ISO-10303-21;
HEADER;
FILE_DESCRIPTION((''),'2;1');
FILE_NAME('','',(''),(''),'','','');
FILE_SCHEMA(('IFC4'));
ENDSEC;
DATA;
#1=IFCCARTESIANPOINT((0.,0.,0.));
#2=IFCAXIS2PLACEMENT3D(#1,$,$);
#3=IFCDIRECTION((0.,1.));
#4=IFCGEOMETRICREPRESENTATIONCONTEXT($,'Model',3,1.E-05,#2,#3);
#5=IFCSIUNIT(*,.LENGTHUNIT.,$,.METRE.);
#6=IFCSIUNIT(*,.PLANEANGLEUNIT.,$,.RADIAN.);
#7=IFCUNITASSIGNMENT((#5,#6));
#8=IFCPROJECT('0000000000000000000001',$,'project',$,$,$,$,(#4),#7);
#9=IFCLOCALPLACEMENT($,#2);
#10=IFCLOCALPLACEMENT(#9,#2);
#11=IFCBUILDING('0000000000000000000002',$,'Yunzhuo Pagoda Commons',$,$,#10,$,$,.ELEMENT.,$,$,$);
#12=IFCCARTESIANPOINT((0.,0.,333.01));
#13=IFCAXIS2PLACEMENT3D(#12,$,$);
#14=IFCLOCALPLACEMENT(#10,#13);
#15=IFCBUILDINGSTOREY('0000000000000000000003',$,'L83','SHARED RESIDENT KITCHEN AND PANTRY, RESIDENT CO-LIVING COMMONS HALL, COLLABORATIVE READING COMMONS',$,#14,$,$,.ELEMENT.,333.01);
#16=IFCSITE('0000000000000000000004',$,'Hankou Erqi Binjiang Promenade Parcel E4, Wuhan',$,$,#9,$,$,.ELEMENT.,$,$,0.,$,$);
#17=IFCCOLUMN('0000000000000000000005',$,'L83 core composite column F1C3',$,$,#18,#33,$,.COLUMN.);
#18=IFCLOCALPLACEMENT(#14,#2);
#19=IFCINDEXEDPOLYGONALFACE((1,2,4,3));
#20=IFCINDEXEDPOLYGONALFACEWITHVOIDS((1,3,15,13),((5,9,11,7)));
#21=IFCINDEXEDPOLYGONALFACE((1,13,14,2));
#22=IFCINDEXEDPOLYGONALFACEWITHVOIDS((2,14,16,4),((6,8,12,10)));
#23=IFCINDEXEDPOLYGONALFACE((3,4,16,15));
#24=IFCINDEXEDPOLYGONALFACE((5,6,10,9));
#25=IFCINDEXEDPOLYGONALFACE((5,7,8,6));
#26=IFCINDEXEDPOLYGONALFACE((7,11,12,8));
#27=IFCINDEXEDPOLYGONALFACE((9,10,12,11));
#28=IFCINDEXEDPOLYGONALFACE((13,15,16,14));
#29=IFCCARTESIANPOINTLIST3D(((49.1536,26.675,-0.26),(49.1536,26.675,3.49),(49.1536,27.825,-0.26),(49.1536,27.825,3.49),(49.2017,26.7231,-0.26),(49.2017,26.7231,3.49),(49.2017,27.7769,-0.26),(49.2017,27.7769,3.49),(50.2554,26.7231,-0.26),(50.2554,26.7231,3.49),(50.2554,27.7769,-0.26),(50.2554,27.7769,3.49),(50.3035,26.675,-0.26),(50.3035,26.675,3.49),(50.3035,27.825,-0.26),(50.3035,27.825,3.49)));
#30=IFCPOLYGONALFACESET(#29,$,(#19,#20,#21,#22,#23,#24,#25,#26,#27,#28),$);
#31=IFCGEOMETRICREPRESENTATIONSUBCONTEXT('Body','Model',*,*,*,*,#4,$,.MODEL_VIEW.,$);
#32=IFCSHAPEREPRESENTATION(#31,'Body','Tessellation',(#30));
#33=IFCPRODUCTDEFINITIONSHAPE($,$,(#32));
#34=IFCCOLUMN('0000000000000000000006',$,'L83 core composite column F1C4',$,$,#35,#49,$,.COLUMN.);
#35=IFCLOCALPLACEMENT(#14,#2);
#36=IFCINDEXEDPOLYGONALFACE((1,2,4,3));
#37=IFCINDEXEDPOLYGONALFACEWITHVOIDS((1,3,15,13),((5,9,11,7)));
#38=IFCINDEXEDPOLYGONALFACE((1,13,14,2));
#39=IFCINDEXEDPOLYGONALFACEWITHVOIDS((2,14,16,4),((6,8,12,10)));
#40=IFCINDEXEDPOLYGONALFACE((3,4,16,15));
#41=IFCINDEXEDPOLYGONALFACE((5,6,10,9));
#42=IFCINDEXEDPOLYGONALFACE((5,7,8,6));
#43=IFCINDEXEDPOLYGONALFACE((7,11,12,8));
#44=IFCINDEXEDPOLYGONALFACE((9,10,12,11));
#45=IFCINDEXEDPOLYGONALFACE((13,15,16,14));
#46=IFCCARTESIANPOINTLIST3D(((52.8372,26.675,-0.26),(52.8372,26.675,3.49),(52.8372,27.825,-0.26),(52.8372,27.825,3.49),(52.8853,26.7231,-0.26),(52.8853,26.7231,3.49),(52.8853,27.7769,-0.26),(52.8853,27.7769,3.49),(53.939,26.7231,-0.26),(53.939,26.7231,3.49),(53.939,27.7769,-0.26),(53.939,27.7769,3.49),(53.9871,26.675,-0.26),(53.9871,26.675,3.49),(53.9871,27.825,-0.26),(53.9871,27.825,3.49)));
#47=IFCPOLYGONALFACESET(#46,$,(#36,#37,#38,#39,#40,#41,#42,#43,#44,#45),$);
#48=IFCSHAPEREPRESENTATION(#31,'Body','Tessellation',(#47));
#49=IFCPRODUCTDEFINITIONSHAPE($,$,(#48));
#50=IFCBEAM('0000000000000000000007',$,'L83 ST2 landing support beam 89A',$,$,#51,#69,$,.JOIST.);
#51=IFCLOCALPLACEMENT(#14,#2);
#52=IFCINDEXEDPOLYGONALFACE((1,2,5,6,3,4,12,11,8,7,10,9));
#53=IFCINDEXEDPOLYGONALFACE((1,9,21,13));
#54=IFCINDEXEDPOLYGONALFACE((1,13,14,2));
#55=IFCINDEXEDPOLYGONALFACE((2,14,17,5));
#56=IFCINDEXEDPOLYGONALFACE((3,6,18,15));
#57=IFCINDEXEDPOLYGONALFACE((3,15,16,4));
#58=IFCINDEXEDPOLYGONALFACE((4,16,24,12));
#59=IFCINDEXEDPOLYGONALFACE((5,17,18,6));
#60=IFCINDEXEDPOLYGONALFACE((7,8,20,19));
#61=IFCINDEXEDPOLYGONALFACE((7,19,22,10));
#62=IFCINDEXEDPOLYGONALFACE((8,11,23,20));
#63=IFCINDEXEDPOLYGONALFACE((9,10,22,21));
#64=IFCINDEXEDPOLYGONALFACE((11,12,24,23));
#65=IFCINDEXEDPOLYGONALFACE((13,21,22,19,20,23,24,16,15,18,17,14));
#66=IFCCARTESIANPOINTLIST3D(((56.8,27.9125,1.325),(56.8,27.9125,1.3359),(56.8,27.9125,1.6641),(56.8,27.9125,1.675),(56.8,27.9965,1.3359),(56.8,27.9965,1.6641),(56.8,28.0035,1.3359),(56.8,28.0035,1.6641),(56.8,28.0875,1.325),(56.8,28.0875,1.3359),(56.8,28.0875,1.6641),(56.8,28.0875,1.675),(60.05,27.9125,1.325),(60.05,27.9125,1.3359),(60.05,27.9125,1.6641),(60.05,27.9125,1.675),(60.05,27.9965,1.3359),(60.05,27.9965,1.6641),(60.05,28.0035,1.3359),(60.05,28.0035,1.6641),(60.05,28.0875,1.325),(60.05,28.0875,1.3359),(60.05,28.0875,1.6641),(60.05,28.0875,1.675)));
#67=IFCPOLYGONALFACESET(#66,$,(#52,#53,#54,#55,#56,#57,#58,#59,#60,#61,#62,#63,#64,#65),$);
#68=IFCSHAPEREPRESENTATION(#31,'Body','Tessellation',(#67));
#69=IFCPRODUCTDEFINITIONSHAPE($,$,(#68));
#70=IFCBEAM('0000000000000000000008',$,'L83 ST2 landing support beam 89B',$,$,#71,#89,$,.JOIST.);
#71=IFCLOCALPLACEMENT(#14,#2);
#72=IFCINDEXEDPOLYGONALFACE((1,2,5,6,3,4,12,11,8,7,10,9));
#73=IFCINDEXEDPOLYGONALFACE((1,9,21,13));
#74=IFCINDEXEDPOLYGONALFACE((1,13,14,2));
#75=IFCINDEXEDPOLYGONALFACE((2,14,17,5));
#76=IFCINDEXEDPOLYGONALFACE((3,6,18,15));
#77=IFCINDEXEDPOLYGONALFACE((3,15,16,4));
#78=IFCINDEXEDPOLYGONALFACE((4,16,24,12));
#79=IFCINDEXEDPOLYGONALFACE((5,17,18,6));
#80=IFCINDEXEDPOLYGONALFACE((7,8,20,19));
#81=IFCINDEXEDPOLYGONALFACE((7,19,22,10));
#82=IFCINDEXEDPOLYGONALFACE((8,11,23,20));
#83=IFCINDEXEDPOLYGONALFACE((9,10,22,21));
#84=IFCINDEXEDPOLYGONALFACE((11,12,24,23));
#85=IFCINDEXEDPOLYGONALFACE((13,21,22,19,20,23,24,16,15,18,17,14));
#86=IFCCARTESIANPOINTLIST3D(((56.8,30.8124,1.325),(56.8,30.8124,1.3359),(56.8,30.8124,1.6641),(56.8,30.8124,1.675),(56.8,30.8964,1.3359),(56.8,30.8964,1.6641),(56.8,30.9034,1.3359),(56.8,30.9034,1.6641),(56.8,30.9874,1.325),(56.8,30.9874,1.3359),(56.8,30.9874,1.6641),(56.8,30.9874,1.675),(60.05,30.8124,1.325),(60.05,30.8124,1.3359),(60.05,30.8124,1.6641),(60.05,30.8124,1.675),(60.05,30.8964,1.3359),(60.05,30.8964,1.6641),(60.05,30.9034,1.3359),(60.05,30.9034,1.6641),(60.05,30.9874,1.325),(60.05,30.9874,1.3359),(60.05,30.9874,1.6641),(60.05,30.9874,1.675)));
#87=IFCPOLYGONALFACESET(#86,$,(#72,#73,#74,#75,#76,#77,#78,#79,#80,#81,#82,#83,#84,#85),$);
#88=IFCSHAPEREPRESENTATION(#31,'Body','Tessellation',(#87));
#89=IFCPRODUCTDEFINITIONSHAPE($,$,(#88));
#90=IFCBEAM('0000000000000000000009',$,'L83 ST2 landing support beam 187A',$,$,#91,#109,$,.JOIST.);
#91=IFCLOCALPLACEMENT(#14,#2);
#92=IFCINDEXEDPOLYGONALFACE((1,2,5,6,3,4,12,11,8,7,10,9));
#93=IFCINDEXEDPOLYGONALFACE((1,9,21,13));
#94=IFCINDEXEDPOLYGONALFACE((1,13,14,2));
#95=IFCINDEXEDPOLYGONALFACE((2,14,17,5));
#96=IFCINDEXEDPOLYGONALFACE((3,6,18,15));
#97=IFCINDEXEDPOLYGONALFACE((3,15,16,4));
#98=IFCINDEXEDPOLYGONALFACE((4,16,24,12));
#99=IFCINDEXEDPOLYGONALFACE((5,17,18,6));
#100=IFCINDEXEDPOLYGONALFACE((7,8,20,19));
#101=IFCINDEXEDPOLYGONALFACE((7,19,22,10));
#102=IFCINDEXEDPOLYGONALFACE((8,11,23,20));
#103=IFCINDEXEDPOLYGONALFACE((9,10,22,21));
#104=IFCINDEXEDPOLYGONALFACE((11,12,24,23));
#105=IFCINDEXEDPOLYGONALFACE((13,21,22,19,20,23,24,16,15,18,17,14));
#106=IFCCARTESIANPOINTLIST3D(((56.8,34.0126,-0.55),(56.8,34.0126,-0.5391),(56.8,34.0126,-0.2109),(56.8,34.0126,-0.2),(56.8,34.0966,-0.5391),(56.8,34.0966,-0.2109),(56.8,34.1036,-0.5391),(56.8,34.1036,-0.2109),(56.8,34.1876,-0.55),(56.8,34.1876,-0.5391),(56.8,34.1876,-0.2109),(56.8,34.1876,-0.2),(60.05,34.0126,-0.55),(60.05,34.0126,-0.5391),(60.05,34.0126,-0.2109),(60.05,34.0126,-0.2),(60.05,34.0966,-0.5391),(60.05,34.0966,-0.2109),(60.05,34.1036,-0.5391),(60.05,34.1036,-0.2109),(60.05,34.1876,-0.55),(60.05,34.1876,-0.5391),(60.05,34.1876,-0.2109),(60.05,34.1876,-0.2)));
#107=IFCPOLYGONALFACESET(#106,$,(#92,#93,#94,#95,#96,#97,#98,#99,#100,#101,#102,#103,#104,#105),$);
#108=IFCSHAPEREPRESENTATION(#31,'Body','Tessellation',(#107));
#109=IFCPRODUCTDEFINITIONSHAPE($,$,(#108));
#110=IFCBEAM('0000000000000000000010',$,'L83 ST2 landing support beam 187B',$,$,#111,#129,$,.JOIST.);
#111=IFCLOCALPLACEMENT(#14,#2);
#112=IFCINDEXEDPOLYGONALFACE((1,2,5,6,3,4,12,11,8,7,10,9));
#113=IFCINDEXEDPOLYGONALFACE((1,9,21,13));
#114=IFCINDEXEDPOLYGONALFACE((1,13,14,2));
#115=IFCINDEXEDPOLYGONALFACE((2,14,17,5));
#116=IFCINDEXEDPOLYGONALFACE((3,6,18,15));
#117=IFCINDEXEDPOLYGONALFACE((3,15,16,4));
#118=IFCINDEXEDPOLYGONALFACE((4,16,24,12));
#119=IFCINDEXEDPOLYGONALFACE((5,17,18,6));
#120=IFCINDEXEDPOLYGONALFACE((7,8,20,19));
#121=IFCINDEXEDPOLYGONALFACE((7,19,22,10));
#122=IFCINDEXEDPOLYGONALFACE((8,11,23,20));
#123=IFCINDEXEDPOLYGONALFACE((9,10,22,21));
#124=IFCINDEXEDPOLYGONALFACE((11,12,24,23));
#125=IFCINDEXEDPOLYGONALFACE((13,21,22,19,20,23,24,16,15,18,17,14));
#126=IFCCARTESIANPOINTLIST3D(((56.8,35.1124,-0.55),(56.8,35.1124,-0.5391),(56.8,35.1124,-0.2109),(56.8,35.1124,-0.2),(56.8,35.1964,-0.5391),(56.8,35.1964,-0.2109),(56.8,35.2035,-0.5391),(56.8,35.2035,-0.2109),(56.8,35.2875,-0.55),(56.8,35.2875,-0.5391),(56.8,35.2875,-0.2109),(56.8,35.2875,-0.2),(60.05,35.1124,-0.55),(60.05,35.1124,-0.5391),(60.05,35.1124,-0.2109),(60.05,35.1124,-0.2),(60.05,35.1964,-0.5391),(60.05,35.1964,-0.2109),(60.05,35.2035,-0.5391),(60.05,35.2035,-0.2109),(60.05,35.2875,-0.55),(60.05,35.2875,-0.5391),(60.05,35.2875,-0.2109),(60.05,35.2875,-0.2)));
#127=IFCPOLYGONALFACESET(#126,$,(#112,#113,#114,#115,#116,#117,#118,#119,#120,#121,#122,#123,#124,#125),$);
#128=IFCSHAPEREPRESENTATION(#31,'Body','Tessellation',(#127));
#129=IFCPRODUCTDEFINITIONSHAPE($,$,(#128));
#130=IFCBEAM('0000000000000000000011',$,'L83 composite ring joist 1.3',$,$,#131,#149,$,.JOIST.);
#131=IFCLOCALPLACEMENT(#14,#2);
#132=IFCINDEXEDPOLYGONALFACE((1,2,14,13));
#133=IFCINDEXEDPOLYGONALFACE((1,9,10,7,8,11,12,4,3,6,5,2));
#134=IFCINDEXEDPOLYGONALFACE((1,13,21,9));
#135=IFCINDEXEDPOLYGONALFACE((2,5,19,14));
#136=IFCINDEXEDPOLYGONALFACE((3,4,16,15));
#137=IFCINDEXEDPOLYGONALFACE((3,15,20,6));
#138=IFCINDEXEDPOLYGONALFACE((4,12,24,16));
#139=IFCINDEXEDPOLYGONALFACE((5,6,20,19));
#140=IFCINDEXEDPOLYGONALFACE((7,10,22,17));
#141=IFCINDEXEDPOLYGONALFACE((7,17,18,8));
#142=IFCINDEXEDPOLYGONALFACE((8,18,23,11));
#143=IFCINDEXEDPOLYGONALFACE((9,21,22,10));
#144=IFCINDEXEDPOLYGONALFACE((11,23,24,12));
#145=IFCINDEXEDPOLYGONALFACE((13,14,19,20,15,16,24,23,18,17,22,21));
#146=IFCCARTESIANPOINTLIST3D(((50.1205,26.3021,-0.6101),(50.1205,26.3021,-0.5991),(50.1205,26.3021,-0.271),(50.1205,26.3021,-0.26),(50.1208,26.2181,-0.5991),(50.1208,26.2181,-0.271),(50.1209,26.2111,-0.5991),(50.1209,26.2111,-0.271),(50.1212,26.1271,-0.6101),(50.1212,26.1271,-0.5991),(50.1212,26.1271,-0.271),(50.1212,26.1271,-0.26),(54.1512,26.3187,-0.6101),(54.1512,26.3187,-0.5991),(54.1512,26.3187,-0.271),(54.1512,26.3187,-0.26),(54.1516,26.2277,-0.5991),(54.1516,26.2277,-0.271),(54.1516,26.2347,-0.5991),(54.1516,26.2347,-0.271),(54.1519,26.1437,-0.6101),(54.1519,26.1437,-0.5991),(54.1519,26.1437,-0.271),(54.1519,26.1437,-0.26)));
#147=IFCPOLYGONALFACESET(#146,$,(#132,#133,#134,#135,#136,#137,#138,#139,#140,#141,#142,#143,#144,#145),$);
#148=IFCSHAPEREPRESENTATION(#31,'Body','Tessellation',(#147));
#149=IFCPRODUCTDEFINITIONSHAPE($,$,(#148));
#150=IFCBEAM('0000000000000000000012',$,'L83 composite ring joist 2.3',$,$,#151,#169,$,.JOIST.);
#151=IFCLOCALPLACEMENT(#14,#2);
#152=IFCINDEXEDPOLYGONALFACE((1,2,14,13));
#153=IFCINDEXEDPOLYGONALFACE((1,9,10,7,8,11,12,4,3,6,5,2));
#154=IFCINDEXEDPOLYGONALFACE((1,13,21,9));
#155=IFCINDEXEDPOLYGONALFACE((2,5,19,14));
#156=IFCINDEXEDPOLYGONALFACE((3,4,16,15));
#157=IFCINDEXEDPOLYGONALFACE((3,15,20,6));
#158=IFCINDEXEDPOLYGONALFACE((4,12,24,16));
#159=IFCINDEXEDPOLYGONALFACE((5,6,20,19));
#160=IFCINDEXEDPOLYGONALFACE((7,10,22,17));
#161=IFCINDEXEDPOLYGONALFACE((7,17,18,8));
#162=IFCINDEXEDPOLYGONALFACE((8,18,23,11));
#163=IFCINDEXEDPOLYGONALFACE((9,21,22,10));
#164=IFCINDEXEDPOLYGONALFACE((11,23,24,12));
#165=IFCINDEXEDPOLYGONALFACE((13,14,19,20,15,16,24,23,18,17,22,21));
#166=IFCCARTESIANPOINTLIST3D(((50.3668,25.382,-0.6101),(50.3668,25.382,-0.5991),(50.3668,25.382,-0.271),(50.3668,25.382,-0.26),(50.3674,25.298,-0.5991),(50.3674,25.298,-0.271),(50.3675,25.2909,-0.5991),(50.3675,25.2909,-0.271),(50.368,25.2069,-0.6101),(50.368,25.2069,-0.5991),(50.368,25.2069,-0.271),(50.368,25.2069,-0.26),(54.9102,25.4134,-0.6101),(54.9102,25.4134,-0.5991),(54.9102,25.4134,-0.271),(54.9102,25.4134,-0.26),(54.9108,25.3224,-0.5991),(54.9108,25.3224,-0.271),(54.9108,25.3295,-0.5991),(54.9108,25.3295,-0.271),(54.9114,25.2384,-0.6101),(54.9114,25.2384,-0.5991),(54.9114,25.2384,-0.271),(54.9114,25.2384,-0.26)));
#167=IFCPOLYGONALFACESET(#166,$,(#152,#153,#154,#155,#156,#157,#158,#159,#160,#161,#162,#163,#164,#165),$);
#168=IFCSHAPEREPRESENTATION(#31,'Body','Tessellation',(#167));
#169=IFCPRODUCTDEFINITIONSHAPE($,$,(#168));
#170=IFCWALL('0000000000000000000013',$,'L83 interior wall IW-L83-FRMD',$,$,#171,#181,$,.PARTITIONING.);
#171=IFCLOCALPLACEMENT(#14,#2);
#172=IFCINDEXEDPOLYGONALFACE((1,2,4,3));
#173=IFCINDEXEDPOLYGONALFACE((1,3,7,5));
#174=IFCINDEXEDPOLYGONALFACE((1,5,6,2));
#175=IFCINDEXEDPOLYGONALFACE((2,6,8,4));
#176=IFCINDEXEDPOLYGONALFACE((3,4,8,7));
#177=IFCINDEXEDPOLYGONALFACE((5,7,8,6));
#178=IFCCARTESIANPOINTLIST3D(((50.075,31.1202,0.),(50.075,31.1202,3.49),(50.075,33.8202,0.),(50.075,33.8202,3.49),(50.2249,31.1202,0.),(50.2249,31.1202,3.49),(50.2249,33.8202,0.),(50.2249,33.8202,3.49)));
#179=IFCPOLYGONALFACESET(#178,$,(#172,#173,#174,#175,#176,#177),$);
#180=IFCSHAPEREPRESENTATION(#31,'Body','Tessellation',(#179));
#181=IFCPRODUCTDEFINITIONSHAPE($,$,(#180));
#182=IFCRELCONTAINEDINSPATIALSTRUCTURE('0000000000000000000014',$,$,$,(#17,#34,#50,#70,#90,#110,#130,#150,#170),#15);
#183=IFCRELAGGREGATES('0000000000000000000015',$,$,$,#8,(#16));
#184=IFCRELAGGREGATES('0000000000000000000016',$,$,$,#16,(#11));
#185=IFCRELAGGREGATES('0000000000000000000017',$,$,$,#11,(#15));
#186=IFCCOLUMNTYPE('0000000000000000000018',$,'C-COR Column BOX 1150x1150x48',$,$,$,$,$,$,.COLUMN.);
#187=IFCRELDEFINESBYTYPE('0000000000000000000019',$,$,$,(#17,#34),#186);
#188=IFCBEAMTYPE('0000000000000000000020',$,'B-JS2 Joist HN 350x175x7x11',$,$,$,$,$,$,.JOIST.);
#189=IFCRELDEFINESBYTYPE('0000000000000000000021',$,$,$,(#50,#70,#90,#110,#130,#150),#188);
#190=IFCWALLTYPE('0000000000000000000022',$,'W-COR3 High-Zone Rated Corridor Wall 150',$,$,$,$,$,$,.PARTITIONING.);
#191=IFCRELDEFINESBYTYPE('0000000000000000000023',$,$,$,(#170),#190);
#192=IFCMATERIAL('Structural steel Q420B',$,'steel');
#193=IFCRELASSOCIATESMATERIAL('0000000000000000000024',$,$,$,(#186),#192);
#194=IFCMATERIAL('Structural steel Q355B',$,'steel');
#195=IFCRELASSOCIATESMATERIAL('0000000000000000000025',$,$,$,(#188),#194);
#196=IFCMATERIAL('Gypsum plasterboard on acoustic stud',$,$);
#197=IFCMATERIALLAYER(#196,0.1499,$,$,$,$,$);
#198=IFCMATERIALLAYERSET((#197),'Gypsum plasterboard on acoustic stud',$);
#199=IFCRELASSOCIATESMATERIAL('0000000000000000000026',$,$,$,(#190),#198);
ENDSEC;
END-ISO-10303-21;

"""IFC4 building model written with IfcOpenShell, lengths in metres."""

from ifc_helpers import new_model, si_unit, direction, frame, frame_2d, origin, origin_2d, place, context, subcontext, project, spatial, rectangle, hollow_rectangle, i_section, extrude, source, transform, mapped, material, layer, layer_set, material_profile, profile_set, type_object, element, save


model = new_model("IFC4")

# Units and contexts
model_context = context("Model", 3, precision=1e-05, world=origin(), true_north=direction((0.0, 1.0)))
body_context = subcontext(model_context, "Body", "Model", "MODEL_VIEW")
ifc_project = project(units=[si_unit("LENGTHUNIT", "METRE"), si_unit("PLANEANGLEUNIT", "RADIAN")], contexts=[model_context])

# Site, building, storey
site_placement = place(None, origin())
site = spatial("IfcSite", under=ifc_project, at=site_placement, Name="Hankou Erqi Binjiang Promenade Parcel E4, Wuhan", CompositionType="ELEMENT", RefElevation=0.0)
building_placement = place(site_placement, origin())
building = spatial("IfcBuilding", under=site, at=building_placement, Name="Yunzhuo Pagoda Commons", CompositionType="ELEMENT")
storey_placement = place(building_placement, frame((0.0, 0.0, 333.01)))
storey = spatial("IfcBuildingStorey", under=building, at=storey_placement, Name="L83", Description="SHARED RESIDENT KITCHEN AND PANTRY, RESIDENT CO-LIVING COMMONS HALL, COLLABORATIVE READING COMMONS", CompositionType="ELEMENT", Elevation=333.01)

# Columns
ifc_material_1 = material(Name="Structural steel Q420B", Category="steel")
ifc_material_profile_1 = material_profile(ifc_material_1, hollow_rectangle(XDim=1.1499, YDim=1.1499, WallThickness=0.0481, at=origin_2d()), Name="Structural steel Q420B")
ifc_profile_set_1 = profile_set([ifc_material_profile_1], Name="Structural steel Q420B")
column_type = type_object("IfcColumnType", Name="C-COR Column BOX 1150x1150x48", PredefinedType="COLUMN", material=ifc_profile_set_1)
shared_shape_1 = source(origin(), body_context, "Body", "SweptSolid", [
    extrude(hollow_rectangle(XDim=1.1499, YDim=1.1499, WallThickness=0.0481, at=origin_2d()), origin(), (0.0, 0.0, 1.0), 3.75),
])
for number, where, z_axis, x_axis, name in (
    (1, (49.7285, 27.25, -0.26), (0.0, 0.0, 1.0), (1.0, 0.0, 0.0), "L83 core composite column F1C3"),
    (2, (53.4121, 27.25, -0.26), (0.0, 0.0, 1.0), (1.0, 0.0, 0.0), "L83 core composite column F1C4"),
):
    element("IfcColumn", number, at=place(storey_placement, frame(where, z_axis=z_axis, x_axis=x_axis)), inside=storey, type_object=column_type, Name=name, PredefinedType="COLUMN", context=body_context, shape_type="MappedRepresentation", body=[
        mapped(shared_shape_1, transform((0.0, 0.0, 0.0), scale=1.0)),
    ])

# Beams
ifc_material_2 = material(Name="Structural steel Q355B", Category="steel")
ifc_material_profile_2 = material_profile(ifc_material_2, i_section(OverallWidth=0.175, OverallDepth=0.3501, WebThickness=0.0071, FlangeThickness=0.011, at=origin_2d()), Name="Structural steel Q355B")
ifc_profile_set_2 = profile_set([ifc_material_profile_2], Name="Structural steel Q355B")
beam_type = type_object("IfcBeamType", Name="B-JS2 Joist HN 350x175x7x11", PredefinedType="JOIST", material=ifc_profile_set_2)
shared_shape_2 = source(origin(), body_context, "Body", "SweptSolid", [
    extrude(i_section(OverallWidth=0.175, OverallDepth=0.3501, WebThickness=0.0071, FlangeThickness=0.011, at=origin_2d()), origin(), (0.0, 0.0, 1.0), 3.25),
])
for number, where, z_axis, x_axis, name in (
    (3, (56.8, 28.0, 1.5), (1.0, 0.0, 0.0), (0.0, 1.0, 0.0), "L83 ST2 landing support beam 89A"),
    (4, (56.8, 30.8999, 1.5), (1.0, 0.0, 0.0), (0.0, 1.0, 0.0), "L83 ST2 landing support beam 89B"),
    (5, (56.8, 34.1001, -0.375), (1.0, 0.0, 0.0), (0.0, 1.0, 0.0), "L83 ST2 landing support beam 187A"),
    (6, (56.8, 35.2, -0.375), (1.0, 0.0, 0.0), (0.0, 1.0, 0.0), "L83 ST2 landing support beam 187B"),
):
    element("IfcBeam", number, at=place(storey_placement, frame(where, z_axis=z_axis, x_axis=x_axis)), inside=storey, type_object=beam_type, Name=name, PredefinedType="JOIST", context=body_context, shape_type="MappedRepresentation", body=[
        mapped(shared_shape_2, transform((0.0, 0.0, 0.0), scale=1.0)),
    ])
shared_shape_3 = source(origin(), body_context, "Body", "SweptSolid", [
    extrude(i_section(OverallWidth=0.175, OverallDepth=0.3501, WebThickness=0.0071, FlangeThickness=0.011, at=origin_2d()), origin(), (0.0, 0.0, 1.0), 4.0308),
])
beam_1_placement = place(storey_placement, frame((50.1208, 26.2146, -0.4351), z_axis=(0.999992, 0.004119, 0.0), x_axis=(-0.004119, 0.999992, 0.0)))
element("IfcBeam", 7, at=beam_1_placement, inside=storey, type_object=beam_type, Name="L83 composite ring joist 1.3", PredefinedType="JOIST", context=body_context, shape_type="MappedRepresentation", body=[
    mapped(shared_shape_3, transform((0.0, 0.0, 0.0), scale=1.0)),
])
shared_shape_4 = source(origin(), body_context, "Body", "SweptSolid", [
    extrude(i_section(OverallWidth=0.175, OverallDepth=0.3501, WebThickness=0.0071, FlangeThickness=0.011, at=origin_2d()), origin(), (0.0, 0.0, 1.0), 4.5435),
])
beam_2_placement = place(storey_placement, frame((50.3674, 25.2944, -0.4351), z_axis=(0.999976, 0.006932, 0.0), x_axis=(-0.006932, 0.999976, 0.0)))
element("IfcBeam", 8, at=beam_2_placement, inside=storey, type_object=beam_type, Name="L83 composite ring joist 2.3", PredefinedType="JOIST", context=body_context, shape_type="MappedRepresentation", body=[
    mapped(shared_shape_4, transform((0.0, 0.0, 0.0), scale=1.0)),
])

# Wall
ifc_material_3 = material(Name="Gypsum plasterboard on acoustic stud")
ifc_layer_1 = layer(ifc_material_3, 0.1499)
ifc_layer_set_1 = layer_set([ifc_layer_1], Name="Gypsum plasterboard on acoustic stud")
wall_type_1 = type_object("IfcWallType", Name="W-COR3 High-Zone Rated Corridor Wall 150", PredefinedType="PARTITIONING", material=ifc_layer_set_1)
wall_1_placement = place(storey_placement, frame((50.1499, 31.1201, 0.0), z_axis=(0.0, 0.0, 1.0), x_axis=(0.0, 1.0, 0.0)))
element("IfcWall", 9, at=wall_1_placement, inside=storey, type_object=wall_type_1, Name="L83 interior wall IW-L83-FRMD", PredefinedType="PARTITIONING", context=body_context, shape_type="SweptSolid", body=[
    extrude(rectangle(XDim=2.7, YDim=0.1499, at=frame_2d((1.3501, 0.0))), origin(), (0.0, 0.0, 1.0), 3.49),
])

save(model, "model.ifc")
